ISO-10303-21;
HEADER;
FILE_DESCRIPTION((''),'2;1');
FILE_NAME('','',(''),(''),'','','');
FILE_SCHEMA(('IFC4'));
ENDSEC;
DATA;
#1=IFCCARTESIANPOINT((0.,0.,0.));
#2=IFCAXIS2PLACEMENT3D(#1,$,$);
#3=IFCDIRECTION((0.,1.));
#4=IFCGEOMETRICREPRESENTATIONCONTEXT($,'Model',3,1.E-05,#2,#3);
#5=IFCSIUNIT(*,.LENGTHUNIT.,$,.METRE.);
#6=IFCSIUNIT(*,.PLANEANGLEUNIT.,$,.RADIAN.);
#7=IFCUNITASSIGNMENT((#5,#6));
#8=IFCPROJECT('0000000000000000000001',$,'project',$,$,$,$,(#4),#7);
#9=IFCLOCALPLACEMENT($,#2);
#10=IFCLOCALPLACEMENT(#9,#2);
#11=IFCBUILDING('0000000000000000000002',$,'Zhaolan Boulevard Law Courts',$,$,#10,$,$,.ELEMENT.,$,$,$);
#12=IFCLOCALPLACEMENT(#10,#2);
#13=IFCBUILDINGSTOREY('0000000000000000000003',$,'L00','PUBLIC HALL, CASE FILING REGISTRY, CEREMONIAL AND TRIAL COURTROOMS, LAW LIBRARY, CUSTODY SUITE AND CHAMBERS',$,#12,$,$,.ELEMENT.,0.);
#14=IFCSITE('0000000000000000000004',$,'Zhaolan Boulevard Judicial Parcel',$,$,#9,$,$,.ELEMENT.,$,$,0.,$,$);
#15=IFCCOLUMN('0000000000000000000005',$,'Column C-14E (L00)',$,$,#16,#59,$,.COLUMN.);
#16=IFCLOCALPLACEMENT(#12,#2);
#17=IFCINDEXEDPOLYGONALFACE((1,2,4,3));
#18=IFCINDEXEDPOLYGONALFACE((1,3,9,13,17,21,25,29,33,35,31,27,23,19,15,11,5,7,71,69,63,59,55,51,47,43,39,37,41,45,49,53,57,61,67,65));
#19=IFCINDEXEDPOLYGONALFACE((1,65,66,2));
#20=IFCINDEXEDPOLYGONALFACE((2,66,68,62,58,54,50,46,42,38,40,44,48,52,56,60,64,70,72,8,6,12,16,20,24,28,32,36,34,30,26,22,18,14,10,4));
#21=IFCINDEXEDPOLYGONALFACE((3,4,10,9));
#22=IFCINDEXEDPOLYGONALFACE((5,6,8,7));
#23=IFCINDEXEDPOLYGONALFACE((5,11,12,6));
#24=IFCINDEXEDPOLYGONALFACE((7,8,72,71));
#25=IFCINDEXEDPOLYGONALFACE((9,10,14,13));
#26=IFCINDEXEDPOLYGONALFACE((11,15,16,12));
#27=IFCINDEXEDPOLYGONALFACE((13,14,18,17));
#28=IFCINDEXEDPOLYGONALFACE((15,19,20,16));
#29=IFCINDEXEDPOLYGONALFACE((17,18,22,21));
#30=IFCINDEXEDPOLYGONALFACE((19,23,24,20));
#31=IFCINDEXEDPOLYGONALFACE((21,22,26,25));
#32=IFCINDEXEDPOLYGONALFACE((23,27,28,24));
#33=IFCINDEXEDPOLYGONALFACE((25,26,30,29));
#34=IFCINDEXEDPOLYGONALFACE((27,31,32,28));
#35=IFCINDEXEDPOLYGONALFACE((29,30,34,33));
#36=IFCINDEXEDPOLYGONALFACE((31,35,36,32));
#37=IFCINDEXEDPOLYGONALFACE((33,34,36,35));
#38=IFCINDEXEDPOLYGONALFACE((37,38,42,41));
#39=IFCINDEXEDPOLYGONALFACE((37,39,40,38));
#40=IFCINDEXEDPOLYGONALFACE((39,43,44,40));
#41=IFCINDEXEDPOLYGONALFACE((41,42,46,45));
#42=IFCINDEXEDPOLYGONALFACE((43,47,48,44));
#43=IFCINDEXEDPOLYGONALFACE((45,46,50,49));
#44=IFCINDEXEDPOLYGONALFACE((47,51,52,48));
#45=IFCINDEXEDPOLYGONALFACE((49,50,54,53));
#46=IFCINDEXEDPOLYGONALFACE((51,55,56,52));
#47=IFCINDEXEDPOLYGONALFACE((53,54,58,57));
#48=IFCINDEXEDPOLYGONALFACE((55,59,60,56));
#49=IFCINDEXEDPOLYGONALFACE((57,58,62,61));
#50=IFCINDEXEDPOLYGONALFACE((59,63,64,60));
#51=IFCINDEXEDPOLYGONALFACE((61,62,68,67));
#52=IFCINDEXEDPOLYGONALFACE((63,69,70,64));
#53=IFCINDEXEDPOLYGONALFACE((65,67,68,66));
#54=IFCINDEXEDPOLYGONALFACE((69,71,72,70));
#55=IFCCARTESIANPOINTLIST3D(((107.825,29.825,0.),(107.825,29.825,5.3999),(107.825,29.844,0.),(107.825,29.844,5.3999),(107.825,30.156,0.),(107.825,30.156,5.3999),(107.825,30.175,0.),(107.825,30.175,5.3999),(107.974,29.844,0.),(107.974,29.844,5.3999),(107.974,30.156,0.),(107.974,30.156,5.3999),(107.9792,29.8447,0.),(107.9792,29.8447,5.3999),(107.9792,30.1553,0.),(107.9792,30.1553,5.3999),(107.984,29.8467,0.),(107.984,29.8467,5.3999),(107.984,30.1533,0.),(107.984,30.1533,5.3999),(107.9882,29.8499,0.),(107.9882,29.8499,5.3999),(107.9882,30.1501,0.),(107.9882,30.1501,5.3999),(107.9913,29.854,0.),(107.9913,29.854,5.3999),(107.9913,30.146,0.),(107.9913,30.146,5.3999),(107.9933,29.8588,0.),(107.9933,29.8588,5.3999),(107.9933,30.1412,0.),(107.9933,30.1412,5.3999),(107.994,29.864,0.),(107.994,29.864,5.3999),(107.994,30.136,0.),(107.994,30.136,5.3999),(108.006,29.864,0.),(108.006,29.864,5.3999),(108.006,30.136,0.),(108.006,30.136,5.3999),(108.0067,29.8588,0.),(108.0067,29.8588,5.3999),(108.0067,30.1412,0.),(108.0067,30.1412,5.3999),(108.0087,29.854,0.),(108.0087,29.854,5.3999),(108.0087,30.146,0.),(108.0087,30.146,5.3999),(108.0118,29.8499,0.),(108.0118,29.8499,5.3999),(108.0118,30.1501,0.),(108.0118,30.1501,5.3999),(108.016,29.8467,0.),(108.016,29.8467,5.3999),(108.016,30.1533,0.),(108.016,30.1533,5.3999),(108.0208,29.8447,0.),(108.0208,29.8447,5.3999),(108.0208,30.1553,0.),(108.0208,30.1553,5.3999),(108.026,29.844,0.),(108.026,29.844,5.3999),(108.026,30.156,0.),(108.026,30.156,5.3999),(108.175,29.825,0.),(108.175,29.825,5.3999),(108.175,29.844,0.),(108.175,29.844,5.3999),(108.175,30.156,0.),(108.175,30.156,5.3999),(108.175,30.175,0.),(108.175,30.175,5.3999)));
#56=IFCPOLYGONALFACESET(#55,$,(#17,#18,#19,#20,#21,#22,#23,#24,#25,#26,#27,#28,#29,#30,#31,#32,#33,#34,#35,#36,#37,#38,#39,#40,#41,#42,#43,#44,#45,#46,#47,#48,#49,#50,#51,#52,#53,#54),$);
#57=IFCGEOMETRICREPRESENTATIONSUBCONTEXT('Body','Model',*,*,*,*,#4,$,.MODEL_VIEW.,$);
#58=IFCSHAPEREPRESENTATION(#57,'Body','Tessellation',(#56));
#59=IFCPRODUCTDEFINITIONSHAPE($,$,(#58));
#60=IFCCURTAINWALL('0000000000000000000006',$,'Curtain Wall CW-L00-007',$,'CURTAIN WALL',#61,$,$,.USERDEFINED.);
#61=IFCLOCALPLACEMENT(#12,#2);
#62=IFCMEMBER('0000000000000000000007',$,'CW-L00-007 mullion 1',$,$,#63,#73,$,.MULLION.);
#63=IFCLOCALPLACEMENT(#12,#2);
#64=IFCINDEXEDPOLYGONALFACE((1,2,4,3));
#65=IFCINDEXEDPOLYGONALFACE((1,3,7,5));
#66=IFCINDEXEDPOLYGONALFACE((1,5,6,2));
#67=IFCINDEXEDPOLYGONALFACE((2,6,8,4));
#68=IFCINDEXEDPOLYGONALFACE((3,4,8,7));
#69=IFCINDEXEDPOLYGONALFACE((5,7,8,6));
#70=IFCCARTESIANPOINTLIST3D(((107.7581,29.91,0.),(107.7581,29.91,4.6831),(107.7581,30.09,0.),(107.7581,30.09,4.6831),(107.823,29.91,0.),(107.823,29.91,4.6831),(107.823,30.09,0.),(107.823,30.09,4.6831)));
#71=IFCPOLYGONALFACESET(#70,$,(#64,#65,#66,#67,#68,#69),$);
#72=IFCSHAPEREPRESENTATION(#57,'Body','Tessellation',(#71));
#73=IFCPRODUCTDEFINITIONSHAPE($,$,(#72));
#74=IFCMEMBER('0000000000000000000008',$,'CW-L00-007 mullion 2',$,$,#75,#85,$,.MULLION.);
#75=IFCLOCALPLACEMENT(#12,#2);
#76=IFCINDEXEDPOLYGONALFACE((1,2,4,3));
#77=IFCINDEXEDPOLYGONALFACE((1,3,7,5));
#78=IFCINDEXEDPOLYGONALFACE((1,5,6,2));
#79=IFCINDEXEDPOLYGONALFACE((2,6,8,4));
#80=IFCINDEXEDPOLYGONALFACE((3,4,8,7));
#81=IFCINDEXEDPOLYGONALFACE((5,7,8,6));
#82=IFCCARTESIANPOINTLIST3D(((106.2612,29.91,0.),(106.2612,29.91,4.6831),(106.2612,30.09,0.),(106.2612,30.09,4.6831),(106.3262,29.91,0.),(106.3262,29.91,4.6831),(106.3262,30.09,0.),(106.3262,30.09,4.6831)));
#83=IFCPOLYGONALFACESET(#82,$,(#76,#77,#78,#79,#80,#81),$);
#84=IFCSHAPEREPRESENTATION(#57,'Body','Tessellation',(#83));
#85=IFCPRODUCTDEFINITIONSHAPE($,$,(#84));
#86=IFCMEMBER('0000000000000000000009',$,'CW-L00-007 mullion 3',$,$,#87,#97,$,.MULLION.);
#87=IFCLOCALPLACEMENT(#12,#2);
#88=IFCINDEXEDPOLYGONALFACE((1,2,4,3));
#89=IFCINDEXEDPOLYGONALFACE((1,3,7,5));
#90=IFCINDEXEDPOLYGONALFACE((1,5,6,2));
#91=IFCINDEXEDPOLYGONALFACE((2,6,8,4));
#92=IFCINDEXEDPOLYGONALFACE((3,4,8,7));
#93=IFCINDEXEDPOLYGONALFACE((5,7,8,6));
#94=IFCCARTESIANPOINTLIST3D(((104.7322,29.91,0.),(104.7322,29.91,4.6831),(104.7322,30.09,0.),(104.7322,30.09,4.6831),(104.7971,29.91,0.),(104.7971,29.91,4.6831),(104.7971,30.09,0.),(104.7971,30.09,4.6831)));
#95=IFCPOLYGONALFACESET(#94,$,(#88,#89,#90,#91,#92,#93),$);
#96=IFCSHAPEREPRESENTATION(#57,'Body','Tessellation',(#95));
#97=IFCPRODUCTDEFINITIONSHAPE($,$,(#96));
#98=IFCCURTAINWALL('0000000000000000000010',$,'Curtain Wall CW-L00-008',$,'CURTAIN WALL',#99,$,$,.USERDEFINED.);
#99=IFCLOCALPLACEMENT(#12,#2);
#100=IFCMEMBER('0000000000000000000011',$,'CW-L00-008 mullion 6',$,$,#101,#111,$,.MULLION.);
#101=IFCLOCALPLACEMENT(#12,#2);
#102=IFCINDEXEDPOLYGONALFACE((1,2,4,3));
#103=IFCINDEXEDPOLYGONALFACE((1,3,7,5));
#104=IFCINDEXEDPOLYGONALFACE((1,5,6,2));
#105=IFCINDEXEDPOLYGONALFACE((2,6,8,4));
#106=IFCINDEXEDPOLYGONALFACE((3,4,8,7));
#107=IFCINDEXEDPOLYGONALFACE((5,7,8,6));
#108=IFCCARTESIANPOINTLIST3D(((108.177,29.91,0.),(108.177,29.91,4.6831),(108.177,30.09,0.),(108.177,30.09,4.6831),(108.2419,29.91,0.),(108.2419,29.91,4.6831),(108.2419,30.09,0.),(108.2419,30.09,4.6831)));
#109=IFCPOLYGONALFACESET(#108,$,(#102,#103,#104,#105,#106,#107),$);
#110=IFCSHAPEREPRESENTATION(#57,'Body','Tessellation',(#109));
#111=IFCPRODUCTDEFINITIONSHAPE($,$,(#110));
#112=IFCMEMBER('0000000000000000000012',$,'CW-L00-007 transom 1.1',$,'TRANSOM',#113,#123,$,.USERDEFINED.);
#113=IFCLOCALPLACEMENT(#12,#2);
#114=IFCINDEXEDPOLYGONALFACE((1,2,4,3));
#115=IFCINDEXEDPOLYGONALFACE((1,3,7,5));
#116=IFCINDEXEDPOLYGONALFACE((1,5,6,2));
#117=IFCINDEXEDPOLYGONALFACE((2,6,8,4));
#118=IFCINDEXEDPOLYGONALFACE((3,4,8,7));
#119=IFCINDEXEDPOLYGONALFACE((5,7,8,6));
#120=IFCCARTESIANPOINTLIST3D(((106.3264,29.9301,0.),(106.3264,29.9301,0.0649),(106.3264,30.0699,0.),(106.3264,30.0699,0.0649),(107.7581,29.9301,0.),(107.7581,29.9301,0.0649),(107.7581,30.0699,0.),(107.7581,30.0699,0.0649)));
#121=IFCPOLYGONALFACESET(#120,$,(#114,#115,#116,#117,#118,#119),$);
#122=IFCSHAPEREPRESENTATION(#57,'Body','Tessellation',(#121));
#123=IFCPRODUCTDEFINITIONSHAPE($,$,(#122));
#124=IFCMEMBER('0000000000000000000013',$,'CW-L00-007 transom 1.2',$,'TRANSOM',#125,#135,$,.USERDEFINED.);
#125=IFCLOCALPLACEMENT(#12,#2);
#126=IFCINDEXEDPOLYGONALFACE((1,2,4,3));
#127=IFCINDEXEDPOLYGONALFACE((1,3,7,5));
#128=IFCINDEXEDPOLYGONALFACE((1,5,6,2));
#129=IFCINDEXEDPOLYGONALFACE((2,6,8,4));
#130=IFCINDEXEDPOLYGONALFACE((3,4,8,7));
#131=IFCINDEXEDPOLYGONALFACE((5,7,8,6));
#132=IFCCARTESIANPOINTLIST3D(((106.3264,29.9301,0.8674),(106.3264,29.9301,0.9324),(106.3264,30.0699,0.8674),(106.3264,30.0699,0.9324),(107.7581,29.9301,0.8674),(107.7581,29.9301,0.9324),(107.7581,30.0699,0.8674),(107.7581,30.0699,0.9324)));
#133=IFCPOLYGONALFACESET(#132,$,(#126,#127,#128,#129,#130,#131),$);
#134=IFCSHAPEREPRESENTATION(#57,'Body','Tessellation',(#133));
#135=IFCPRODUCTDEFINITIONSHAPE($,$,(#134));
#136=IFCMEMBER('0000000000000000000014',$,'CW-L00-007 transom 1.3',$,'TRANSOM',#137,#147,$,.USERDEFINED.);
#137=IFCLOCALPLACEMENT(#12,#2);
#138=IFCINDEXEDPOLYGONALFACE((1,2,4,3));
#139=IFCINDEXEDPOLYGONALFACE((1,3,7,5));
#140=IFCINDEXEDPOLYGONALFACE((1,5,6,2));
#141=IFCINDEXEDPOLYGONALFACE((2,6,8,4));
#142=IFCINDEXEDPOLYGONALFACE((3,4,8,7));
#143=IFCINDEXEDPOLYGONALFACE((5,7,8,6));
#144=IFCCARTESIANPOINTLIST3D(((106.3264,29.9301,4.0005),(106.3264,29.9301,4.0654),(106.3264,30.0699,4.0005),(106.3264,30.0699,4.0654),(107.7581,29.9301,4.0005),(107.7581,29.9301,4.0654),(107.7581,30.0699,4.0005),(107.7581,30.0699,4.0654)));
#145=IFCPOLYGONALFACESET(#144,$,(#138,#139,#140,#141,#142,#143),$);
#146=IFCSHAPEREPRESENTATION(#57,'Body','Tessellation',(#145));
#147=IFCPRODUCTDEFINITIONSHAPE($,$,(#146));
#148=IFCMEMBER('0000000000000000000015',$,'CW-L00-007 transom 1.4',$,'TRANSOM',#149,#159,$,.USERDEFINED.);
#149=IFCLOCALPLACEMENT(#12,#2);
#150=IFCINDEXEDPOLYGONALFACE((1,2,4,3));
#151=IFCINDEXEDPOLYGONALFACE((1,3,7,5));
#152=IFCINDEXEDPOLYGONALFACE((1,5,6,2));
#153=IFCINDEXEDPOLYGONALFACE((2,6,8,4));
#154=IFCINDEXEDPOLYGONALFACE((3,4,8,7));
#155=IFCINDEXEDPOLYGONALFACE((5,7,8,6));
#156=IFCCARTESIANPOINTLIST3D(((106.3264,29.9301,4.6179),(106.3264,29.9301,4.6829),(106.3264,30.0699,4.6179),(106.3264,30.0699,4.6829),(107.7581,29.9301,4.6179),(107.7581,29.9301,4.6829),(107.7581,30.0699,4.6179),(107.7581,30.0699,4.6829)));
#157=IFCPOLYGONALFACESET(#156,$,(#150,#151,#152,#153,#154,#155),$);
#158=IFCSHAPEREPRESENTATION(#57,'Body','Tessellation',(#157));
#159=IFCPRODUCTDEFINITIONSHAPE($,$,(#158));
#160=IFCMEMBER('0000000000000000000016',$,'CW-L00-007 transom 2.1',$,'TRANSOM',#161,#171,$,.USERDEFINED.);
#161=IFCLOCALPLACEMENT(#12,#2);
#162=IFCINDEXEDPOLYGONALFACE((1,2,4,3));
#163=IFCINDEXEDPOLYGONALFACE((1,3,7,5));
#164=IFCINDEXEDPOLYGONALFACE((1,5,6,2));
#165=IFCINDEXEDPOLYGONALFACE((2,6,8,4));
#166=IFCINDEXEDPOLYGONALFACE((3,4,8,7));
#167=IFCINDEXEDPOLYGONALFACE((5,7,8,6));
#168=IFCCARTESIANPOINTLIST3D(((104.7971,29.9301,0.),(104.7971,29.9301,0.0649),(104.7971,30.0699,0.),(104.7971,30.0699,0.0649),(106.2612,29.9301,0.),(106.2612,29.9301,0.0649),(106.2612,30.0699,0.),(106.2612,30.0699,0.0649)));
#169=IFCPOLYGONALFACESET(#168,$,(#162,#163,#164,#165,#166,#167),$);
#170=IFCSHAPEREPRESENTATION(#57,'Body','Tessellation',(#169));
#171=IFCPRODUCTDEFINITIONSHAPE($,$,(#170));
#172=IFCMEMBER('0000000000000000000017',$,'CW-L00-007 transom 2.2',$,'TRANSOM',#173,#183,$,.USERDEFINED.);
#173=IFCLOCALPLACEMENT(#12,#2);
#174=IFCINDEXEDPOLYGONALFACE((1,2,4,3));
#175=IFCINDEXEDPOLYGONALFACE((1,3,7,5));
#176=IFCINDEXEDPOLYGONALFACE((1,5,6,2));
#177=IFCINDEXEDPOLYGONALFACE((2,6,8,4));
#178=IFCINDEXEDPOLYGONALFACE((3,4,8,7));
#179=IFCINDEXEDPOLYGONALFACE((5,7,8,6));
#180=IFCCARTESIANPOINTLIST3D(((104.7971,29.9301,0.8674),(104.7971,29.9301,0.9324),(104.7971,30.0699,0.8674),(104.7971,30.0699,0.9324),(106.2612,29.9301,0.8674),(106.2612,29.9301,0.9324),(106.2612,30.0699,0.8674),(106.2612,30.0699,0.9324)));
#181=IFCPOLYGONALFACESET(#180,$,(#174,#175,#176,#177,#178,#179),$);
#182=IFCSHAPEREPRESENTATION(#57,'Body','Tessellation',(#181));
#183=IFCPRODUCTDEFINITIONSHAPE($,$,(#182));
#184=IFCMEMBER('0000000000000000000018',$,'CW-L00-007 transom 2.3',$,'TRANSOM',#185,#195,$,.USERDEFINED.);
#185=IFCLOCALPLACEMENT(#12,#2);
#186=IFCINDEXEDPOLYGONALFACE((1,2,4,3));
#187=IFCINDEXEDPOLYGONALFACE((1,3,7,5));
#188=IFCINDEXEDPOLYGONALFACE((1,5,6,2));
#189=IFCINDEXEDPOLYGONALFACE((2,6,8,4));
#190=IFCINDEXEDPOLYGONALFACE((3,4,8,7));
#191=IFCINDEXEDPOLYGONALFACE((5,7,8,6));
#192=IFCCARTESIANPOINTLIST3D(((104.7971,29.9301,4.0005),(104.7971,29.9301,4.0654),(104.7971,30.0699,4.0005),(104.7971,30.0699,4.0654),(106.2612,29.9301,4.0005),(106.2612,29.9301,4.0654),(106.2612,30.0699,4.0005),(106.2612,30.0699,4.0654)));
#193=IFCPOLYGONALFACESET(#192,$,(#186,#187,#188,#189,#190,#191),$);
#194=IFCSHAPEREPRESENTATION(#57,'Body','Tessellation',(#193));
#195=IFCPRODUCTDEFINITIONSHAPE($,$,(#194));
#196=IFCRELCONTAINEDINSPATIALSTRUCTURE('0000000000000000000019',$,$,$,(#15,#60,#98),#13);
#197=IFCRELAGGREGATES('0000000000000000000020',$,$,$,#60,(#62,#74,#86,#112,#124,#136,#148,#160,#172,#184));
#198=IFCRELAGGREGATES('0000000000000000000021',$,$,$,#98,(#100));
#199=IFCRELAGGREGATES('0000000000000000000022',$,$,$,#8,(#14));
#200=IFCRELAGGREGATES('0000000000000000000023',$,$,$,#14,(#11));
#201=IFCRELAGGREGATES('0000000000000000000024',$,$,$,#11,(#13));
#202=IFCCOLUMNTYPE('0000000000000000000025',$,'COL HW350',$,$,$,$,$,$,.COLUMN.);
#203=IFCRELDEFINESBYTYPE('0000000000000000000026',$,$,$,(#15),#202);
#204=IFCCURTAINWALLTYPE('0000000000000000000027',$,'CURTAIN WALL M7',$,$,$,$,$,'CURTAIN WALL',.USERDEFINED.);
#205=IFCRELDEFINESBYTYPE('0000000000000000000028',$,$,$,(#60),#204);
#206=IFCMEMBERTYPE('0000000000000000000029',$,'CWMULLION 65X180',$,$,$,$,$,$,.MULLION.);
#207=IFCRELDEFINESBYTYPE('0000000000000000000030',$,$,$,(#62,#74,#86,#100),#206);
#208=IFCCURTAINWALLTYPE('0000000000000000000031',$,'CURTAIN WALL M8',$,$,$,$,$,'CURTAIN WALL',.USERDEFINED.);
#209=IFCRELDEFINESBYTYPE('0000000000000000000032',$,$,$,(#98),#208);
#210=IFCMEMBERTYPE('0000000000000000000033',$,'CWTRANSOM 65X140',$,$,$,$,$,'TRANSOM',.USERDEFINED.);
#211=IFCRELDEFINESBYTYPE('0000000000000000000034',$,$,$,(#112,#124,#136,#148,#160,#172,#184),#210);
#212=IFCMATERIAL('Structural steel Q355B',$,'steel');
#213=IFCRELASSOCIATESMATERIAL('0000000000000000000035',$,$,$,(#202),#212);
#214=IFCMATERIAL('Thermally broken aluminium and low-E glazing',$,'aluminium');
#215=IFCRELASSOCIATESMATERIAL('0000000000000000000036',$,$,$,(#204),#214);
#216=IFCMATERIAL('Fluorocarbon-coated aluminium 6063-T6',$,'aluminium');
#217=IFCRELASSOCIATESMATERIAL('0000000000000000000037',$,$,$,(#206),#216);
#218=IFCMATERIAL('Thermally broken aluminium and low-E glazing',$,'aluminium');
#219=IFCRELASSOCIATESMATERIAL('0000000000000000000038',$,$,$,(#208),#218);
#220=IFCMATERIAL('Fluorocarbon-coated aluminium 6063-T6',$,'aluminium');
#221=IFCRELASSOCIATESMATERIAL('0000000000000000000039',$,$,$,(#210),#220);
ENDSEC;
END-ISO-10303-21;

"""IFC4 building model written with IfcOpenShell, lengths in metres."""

from ifc_helpers import new_model, si_unit, direction, frame, origin, origin_2d, place, context, subcontext, project, spatial, rectangle, i_section, extrude, material, material_profile, profile_set, type_object, element, aggregate, save


model = new_model("IFC4")

# Units and contexts
model_context = context("Model", 3, precision=1e-05, world=origin(), true_north=direction((0.0, 1.0)))
body_context = subcontext(model_context, "Body", "Model", "MODEL_VIEW")
ifc_project = project(units=[si_unit("LENGTHUNIT", "METRE"), si_unit("PLANEANGLEUNIT", "RADIAN")], contexts=[model_context])

# Site, building, storey
site_placement = place(None, origin())
site = spatial("IfcSite", under=ifc_project, at=site_placement, Name="Zhaolan Boulevard Judicial Parcel", CompositionType="ELEMENT", RefElevation=0.0)
building_placement = place(site_placement, origin())
building = spatial("IfcBuilding", under=site, at=building_placement, Name="Zhaolan Boulevard Law Courts", CompositionType="ELEMENT")
storey_placement = place(building_placement, origin())
storey = spatial("IfcBuildingStorey", under=building, at=storey_placement, Name="L00", Description="PUBLIC HALL, CASE FILING REGISTRY, CEREMONIAL AND TRIAL COURTROOMS, LAW LIBRARY, CUSTODY SUITE AND CHAMBERS", CompositionType="ELEMENT", Elevation=0.0)

# Column
ifc_material_1 = material(Name="Structural steel Q355B", Category="steel")
ifc_material_profile_1 = material_profile(ifc_material_1, i_section(OverallWidth=0.3501, OverallDepth=0.3501, WebThickness=0.012, FlangeThickness=0.019, FilletRadius=0.02, at=origin_2d()), Name="HW350x350")
ifc_profile_set_1 = profile_set([ifc_material_profile_1], Name="Structural steel Q355B")
column_type = type_object("IfcColumnType", Name="COL HW350", PredefinedType="COLUMN", material=ifc_profile_set_1)
column_placement = place(storey_placement, frame((108.0, 30.0, 0.0), z_axis=(0.0, 0.0, 1.0), x_axis=(1.0, 0.0, 0.0)))
element("IfcColumn", 1, at=column_placement, inside=storey, type_object=column_type, Name="Column C-14E (L00)", PredefinedType="COLUMN", context=body_context, shape_type="SweptSolid", body=[
    extrude(i_section(OverallWidth=0.3501, OverallDepth=0.3501, WebThickness=0.012, FlangeThickness=0.019, FilletRadius=0.02, at=origin_2d()), origin(), (0.0, 0.0, 1.0), 5.3999),
])

# Curtain wall, members
ifc_material_2 = material(Name="Thermally broken aluminium and low-E glazing", Category="aluminium")
curtain_wall_type_1 = type_object("IfcCurtainWallType", Name="CURTAIN WALL M7", ElementType="CURTAIN WALL", PredefinedType="USERDEFINED", material=ifc_material_2)
curtain_wall_1_placement = place(storey_placement, origin())
curtain_wall_1 = element("IfcCurtainWall", 2, at=curtain_wall_1_placement, inside=storey, type_object=curtain_wall_type_1, Name="Curtain Wall CW-L00-007", ObjectType="CURTAIN WALL", PredefinedType="USERDEFINED")
ifc_material_3 = material(Name="Fluorocarbon-coated aluminium 6063-T6", Category="aluminium")
ifc_material_profile_2 = material_profile(ifc_material_3, rectangle(XDim=0.1799, YDim=0.0649, at=origin_2d()), Name="AL65x180")
ifc_profile_set_2 = profile_set([ifc_material_profile_2], Name="Fluorocarbon-coated aluminium 6063-T6")
member_type_1 = type_object("IfcMemberType", Name="CWMULLION 65X180", PredefinedType="MULLION", material=ifc_profile_set_2)
member_1_placement = place(storey_placement, frame((107.7905, 30.0, 0.0), z_axis=(0.0, 0.0, 1.0), x_axis=(0.0, -1.0, 0.0)))
member_1 = element("IfcMember", 3, at=member_1_placement, type_object=member_type_1, Name="CW-L00-007 mullion 1", PredefinedType="MULLION", context=body_context, shape_type="SweptSolid", body=[
    extrude(rectangle(XDim=0.1799, YDim=0.0649, at=origin_2d()), origin(), (0.0, 0.0, 1.0), 4.6831),
])
member_2_placement = place(storey_placement, frame((106.2937, 30.0, 0.0), z_axis=(0.0, 0.0, 1.0), x_axis=(0.0, -1.0, 0.0)))
member_2 = element("IfcMember", 4, at=member_2_placement, type_object=member_type_1, Name="CW-L00-007 mullion 2", PredefinedType="MULLION", context=body_context, shape_type="SweptSolid", body=[
    extrude(rectangle(XDim=0.1799, YDim=0.0649, at=origin_2d()), origin(), (0.0, 0.0, 1.0), 4.6831),
])
member_3_placement = place(storey_placement, frame((104.7646, 30.0, 0.0), z_axis=(0.0, 0.0, 1.0), x_axis=(0.0, -1.0, 0.0)))
member_3 = element("IfcMember", 5, at=member_3_placement, type_object=member_type_1, Name="CW-L00-007 mullion 3", PredefinedType="MULLION", context=body_context, shape_type="SweptSolid", body=[
    extrude(rectangle(XDim=0.1799, YDim=0.0649, at=origin_2d()), origin(), (0.0, 0.0, 1.0), 4.6831),
])

# Curtain wall, member
ifc_material_4 = material(Name="Thermally broken aluminium and low-E glazing", Category="aluminium")
curtain_wall_type_2 = type_object("IfcCurtainWallType", Name="CURTAIN WALL M8", ElementType="CURTAIN WALL", PredefinedType="USERDEFINED", material=ifc_material_4)
curtain_wall_2_placement = place(storey_placement, origin())
curtain_wall_2 = element("IfcCurtainWall", 6, at=curtain_wall_2_placement, inside=storey, type_object=curtain_wall_type_2, Name="Curtain Wall CW-L00-008", ObjectType="CURTAIN WALL", PredefinedType="USERDEFINED")
member_4_placement = place(storey_placement, frame((108.2095, 30.0, 0.0), z_axis=(0.0, 0.0, 1.0), x_axis=(0.0, -1.0, 0.0)))
member_4 = element("IfcMember", 7, at=member_4_placement, type_object=member_type_1, Name="CW-L00-008 mullion 6", PredefinedType="MULLION", context=body_context, shape_type="SweptSolid", body=[
    extrude(rectangle(XDim=0.1799, YDim=0.0649, at=origin_2d()), origin(), (0.0, 0.0, 1.0), 4.6831),
])

# Members
ifc_material_5 = material(Name="Fluorocarbon-coated aluminium 6063-T6", Category="aluminium")
ifc_material_profile_3 = material_profile(ifc_material_5, rectangle(XDim=0.1399, YDim=0.0649, at=origin_2d()), Name="AL65x140")
ifc_profile_set_3 = profile_set([ifc_material_profile_3], Name="Fluorocarbon-coated aluminium 6063-T6")
member_type_2 = type_object("IfcMemberType", Name="CWTRANSOM 65X140", ElementType="TRANSOM", PredefinedType="USERDEFINED", material=ifc_profile_set_3)
member_5_placement = place(storey_placement, frame((107.7581, 30.0, 0.0325), z_axis=(-1.0, 0.0, 0.0), x_axis=(0.0, -1.0, 0.0)))
member_5 = element("IfcMember", 8, at=member_5_placement, type_object=member_type_2, Name="CW-L00-007 transom 1.1", ObjectType="TRANSOM", PredefinedType="USERDEFINED", context=body_context, shape_type="SweptSolid", body=[
    extrude(rectangle(XDim=0.1399, YDim=0.0649, at=origin_2d()), origin(), (0.0, 0.0, 1.0), 1.4316),
])
member_6_placement = place(storey_placement, frame((107.7581, 30.0, 0.8999), z_axis=(-1.0, 0.0, 0.0), x_axis=(0.0, -1.0, 0.0)))
member_6 = element("IfcMember", 9, at=member_6_placement, type_object=member_type_2, Name="CW-L00-007 transom 1.2", ObjectType="TRANSOM", PredefinedType="USERDEFINED", context=body_context, shape_type="SweptSolid", body=[
    extrude(rectangle(XDim=0.1399, YDim=0.0649, at=origin_2d()), origin(), (0.0, 0.0, 1.0), 1.4316),
])
member_7_placement = place(storey_placement, frame((107.7581, 30.0, 4.033), z_axis=(-1.0, 0.0, 0.0), x_axis=(0.0, -1.0, 0.0)))
member_7 = element("IfcMember", 10, at=member_7_placement, type_object=member_type_2, Name="CW-L00-007 transom 1.3", ObjectType="TRANSOM", PredefinedType="USERDEFINED", context=body_context, shape_type="SweptSolid", body=[
    extrude(rectangle(XDim=0.1399, YDim=0.0649, at=origin_2d()), origin(), (0.0, 0.0, 1.0), 1.4316),
])
member_8_placement = place(storey_placement, frame((107.7581, 30.0, 4.6504), z_axis=(-1.0, 0.0, 0.0), x_axis=(0.0, -1.0, 0.0)))
member_8 = element("IfcMember", 11, at=member_8_placement, type_object=member_type_2, Name="CW-L00-007 transom 1.4", ObjectType="TRANSOM", PredefinedType="USERDEFINED", context=body_context, shape_type="SweptSolid", body=[
    extrude(rectangle(XDim=0.1399, YDim=0.0649, at=origin_2d()), origin(), (0.0, 0.0, 1.0), 1.4316),
])
member_9_placement = place(storey_placement, frame((106.2612, 30.0, 0.0325), z_axis=(-1.0, 0.0, 0.0), x_axis=(0.0, -1.0, 0.0)))
member_9 = element("IfcMember", 12, at=member_9_placement, type_object=member_type_2, Name="CW-L00-007 transom 2.1", ObjectType="TRANSOM", PredefinedType="USERDEFINED", context=body_context, shape_type="SweptSolid", body=[
    extrude(rectangle(XDim=0.1399, YDim=0.0649, at=origin_2d()), origin(), (0.0, 0.0, 1.0), 1.4641),
])
member_10_placement = place(storey_placement, frame((106.2612, 30.0, 0.8999), z_axis=(-1.0, 0.0, 0.0), x_axis=(0.0, -1.0, 0.0)))
member_10 = element("IfcMember", 13, at=member_10_placement, type_object=member_type_2, Name="CW-L00-007 transom 2.2", ObjectType="TRANSOM", PredefinedType="USERDEFINED", context=body_context, shape_type="SweptSolid", body=[
    extrude(rectangle(XDim=0.1399, YDim=0.0649, at=origin_2d()), origin(), (0.0, 0.0, 1.0), 1.4641),
])
member_11_placement = place(storey_placement, frame((106.2612, 30.0, 4.033), z_axis=(-1.0, 0.0, 0.0), x_axis=(0.0, -1.0, 0.0)))
member_11 = element("IfcMember", 14, at=member_11_placement, type_object=member_type_2, Name="CW-L00-007 transom 2.3", ObjectType="TRANSOM", PredefinedType="USERDEFINED", context=body_context, shape_type="SweptSolid", body=[
    extrude(rectangle(XDim=0.1399, YDim=0.0649, at=origin_2d()), origin(), (0.0, 0.0, 1.0), 1.4641),
])

aggregate(curtain_wall_1, [member_1, member_2, member_3, member_5, member_6, member_7, member_8, member_9, member_10, member_11])
aggregate(curtain_wall_2, [member_4])

save(model, "model.ifc")
